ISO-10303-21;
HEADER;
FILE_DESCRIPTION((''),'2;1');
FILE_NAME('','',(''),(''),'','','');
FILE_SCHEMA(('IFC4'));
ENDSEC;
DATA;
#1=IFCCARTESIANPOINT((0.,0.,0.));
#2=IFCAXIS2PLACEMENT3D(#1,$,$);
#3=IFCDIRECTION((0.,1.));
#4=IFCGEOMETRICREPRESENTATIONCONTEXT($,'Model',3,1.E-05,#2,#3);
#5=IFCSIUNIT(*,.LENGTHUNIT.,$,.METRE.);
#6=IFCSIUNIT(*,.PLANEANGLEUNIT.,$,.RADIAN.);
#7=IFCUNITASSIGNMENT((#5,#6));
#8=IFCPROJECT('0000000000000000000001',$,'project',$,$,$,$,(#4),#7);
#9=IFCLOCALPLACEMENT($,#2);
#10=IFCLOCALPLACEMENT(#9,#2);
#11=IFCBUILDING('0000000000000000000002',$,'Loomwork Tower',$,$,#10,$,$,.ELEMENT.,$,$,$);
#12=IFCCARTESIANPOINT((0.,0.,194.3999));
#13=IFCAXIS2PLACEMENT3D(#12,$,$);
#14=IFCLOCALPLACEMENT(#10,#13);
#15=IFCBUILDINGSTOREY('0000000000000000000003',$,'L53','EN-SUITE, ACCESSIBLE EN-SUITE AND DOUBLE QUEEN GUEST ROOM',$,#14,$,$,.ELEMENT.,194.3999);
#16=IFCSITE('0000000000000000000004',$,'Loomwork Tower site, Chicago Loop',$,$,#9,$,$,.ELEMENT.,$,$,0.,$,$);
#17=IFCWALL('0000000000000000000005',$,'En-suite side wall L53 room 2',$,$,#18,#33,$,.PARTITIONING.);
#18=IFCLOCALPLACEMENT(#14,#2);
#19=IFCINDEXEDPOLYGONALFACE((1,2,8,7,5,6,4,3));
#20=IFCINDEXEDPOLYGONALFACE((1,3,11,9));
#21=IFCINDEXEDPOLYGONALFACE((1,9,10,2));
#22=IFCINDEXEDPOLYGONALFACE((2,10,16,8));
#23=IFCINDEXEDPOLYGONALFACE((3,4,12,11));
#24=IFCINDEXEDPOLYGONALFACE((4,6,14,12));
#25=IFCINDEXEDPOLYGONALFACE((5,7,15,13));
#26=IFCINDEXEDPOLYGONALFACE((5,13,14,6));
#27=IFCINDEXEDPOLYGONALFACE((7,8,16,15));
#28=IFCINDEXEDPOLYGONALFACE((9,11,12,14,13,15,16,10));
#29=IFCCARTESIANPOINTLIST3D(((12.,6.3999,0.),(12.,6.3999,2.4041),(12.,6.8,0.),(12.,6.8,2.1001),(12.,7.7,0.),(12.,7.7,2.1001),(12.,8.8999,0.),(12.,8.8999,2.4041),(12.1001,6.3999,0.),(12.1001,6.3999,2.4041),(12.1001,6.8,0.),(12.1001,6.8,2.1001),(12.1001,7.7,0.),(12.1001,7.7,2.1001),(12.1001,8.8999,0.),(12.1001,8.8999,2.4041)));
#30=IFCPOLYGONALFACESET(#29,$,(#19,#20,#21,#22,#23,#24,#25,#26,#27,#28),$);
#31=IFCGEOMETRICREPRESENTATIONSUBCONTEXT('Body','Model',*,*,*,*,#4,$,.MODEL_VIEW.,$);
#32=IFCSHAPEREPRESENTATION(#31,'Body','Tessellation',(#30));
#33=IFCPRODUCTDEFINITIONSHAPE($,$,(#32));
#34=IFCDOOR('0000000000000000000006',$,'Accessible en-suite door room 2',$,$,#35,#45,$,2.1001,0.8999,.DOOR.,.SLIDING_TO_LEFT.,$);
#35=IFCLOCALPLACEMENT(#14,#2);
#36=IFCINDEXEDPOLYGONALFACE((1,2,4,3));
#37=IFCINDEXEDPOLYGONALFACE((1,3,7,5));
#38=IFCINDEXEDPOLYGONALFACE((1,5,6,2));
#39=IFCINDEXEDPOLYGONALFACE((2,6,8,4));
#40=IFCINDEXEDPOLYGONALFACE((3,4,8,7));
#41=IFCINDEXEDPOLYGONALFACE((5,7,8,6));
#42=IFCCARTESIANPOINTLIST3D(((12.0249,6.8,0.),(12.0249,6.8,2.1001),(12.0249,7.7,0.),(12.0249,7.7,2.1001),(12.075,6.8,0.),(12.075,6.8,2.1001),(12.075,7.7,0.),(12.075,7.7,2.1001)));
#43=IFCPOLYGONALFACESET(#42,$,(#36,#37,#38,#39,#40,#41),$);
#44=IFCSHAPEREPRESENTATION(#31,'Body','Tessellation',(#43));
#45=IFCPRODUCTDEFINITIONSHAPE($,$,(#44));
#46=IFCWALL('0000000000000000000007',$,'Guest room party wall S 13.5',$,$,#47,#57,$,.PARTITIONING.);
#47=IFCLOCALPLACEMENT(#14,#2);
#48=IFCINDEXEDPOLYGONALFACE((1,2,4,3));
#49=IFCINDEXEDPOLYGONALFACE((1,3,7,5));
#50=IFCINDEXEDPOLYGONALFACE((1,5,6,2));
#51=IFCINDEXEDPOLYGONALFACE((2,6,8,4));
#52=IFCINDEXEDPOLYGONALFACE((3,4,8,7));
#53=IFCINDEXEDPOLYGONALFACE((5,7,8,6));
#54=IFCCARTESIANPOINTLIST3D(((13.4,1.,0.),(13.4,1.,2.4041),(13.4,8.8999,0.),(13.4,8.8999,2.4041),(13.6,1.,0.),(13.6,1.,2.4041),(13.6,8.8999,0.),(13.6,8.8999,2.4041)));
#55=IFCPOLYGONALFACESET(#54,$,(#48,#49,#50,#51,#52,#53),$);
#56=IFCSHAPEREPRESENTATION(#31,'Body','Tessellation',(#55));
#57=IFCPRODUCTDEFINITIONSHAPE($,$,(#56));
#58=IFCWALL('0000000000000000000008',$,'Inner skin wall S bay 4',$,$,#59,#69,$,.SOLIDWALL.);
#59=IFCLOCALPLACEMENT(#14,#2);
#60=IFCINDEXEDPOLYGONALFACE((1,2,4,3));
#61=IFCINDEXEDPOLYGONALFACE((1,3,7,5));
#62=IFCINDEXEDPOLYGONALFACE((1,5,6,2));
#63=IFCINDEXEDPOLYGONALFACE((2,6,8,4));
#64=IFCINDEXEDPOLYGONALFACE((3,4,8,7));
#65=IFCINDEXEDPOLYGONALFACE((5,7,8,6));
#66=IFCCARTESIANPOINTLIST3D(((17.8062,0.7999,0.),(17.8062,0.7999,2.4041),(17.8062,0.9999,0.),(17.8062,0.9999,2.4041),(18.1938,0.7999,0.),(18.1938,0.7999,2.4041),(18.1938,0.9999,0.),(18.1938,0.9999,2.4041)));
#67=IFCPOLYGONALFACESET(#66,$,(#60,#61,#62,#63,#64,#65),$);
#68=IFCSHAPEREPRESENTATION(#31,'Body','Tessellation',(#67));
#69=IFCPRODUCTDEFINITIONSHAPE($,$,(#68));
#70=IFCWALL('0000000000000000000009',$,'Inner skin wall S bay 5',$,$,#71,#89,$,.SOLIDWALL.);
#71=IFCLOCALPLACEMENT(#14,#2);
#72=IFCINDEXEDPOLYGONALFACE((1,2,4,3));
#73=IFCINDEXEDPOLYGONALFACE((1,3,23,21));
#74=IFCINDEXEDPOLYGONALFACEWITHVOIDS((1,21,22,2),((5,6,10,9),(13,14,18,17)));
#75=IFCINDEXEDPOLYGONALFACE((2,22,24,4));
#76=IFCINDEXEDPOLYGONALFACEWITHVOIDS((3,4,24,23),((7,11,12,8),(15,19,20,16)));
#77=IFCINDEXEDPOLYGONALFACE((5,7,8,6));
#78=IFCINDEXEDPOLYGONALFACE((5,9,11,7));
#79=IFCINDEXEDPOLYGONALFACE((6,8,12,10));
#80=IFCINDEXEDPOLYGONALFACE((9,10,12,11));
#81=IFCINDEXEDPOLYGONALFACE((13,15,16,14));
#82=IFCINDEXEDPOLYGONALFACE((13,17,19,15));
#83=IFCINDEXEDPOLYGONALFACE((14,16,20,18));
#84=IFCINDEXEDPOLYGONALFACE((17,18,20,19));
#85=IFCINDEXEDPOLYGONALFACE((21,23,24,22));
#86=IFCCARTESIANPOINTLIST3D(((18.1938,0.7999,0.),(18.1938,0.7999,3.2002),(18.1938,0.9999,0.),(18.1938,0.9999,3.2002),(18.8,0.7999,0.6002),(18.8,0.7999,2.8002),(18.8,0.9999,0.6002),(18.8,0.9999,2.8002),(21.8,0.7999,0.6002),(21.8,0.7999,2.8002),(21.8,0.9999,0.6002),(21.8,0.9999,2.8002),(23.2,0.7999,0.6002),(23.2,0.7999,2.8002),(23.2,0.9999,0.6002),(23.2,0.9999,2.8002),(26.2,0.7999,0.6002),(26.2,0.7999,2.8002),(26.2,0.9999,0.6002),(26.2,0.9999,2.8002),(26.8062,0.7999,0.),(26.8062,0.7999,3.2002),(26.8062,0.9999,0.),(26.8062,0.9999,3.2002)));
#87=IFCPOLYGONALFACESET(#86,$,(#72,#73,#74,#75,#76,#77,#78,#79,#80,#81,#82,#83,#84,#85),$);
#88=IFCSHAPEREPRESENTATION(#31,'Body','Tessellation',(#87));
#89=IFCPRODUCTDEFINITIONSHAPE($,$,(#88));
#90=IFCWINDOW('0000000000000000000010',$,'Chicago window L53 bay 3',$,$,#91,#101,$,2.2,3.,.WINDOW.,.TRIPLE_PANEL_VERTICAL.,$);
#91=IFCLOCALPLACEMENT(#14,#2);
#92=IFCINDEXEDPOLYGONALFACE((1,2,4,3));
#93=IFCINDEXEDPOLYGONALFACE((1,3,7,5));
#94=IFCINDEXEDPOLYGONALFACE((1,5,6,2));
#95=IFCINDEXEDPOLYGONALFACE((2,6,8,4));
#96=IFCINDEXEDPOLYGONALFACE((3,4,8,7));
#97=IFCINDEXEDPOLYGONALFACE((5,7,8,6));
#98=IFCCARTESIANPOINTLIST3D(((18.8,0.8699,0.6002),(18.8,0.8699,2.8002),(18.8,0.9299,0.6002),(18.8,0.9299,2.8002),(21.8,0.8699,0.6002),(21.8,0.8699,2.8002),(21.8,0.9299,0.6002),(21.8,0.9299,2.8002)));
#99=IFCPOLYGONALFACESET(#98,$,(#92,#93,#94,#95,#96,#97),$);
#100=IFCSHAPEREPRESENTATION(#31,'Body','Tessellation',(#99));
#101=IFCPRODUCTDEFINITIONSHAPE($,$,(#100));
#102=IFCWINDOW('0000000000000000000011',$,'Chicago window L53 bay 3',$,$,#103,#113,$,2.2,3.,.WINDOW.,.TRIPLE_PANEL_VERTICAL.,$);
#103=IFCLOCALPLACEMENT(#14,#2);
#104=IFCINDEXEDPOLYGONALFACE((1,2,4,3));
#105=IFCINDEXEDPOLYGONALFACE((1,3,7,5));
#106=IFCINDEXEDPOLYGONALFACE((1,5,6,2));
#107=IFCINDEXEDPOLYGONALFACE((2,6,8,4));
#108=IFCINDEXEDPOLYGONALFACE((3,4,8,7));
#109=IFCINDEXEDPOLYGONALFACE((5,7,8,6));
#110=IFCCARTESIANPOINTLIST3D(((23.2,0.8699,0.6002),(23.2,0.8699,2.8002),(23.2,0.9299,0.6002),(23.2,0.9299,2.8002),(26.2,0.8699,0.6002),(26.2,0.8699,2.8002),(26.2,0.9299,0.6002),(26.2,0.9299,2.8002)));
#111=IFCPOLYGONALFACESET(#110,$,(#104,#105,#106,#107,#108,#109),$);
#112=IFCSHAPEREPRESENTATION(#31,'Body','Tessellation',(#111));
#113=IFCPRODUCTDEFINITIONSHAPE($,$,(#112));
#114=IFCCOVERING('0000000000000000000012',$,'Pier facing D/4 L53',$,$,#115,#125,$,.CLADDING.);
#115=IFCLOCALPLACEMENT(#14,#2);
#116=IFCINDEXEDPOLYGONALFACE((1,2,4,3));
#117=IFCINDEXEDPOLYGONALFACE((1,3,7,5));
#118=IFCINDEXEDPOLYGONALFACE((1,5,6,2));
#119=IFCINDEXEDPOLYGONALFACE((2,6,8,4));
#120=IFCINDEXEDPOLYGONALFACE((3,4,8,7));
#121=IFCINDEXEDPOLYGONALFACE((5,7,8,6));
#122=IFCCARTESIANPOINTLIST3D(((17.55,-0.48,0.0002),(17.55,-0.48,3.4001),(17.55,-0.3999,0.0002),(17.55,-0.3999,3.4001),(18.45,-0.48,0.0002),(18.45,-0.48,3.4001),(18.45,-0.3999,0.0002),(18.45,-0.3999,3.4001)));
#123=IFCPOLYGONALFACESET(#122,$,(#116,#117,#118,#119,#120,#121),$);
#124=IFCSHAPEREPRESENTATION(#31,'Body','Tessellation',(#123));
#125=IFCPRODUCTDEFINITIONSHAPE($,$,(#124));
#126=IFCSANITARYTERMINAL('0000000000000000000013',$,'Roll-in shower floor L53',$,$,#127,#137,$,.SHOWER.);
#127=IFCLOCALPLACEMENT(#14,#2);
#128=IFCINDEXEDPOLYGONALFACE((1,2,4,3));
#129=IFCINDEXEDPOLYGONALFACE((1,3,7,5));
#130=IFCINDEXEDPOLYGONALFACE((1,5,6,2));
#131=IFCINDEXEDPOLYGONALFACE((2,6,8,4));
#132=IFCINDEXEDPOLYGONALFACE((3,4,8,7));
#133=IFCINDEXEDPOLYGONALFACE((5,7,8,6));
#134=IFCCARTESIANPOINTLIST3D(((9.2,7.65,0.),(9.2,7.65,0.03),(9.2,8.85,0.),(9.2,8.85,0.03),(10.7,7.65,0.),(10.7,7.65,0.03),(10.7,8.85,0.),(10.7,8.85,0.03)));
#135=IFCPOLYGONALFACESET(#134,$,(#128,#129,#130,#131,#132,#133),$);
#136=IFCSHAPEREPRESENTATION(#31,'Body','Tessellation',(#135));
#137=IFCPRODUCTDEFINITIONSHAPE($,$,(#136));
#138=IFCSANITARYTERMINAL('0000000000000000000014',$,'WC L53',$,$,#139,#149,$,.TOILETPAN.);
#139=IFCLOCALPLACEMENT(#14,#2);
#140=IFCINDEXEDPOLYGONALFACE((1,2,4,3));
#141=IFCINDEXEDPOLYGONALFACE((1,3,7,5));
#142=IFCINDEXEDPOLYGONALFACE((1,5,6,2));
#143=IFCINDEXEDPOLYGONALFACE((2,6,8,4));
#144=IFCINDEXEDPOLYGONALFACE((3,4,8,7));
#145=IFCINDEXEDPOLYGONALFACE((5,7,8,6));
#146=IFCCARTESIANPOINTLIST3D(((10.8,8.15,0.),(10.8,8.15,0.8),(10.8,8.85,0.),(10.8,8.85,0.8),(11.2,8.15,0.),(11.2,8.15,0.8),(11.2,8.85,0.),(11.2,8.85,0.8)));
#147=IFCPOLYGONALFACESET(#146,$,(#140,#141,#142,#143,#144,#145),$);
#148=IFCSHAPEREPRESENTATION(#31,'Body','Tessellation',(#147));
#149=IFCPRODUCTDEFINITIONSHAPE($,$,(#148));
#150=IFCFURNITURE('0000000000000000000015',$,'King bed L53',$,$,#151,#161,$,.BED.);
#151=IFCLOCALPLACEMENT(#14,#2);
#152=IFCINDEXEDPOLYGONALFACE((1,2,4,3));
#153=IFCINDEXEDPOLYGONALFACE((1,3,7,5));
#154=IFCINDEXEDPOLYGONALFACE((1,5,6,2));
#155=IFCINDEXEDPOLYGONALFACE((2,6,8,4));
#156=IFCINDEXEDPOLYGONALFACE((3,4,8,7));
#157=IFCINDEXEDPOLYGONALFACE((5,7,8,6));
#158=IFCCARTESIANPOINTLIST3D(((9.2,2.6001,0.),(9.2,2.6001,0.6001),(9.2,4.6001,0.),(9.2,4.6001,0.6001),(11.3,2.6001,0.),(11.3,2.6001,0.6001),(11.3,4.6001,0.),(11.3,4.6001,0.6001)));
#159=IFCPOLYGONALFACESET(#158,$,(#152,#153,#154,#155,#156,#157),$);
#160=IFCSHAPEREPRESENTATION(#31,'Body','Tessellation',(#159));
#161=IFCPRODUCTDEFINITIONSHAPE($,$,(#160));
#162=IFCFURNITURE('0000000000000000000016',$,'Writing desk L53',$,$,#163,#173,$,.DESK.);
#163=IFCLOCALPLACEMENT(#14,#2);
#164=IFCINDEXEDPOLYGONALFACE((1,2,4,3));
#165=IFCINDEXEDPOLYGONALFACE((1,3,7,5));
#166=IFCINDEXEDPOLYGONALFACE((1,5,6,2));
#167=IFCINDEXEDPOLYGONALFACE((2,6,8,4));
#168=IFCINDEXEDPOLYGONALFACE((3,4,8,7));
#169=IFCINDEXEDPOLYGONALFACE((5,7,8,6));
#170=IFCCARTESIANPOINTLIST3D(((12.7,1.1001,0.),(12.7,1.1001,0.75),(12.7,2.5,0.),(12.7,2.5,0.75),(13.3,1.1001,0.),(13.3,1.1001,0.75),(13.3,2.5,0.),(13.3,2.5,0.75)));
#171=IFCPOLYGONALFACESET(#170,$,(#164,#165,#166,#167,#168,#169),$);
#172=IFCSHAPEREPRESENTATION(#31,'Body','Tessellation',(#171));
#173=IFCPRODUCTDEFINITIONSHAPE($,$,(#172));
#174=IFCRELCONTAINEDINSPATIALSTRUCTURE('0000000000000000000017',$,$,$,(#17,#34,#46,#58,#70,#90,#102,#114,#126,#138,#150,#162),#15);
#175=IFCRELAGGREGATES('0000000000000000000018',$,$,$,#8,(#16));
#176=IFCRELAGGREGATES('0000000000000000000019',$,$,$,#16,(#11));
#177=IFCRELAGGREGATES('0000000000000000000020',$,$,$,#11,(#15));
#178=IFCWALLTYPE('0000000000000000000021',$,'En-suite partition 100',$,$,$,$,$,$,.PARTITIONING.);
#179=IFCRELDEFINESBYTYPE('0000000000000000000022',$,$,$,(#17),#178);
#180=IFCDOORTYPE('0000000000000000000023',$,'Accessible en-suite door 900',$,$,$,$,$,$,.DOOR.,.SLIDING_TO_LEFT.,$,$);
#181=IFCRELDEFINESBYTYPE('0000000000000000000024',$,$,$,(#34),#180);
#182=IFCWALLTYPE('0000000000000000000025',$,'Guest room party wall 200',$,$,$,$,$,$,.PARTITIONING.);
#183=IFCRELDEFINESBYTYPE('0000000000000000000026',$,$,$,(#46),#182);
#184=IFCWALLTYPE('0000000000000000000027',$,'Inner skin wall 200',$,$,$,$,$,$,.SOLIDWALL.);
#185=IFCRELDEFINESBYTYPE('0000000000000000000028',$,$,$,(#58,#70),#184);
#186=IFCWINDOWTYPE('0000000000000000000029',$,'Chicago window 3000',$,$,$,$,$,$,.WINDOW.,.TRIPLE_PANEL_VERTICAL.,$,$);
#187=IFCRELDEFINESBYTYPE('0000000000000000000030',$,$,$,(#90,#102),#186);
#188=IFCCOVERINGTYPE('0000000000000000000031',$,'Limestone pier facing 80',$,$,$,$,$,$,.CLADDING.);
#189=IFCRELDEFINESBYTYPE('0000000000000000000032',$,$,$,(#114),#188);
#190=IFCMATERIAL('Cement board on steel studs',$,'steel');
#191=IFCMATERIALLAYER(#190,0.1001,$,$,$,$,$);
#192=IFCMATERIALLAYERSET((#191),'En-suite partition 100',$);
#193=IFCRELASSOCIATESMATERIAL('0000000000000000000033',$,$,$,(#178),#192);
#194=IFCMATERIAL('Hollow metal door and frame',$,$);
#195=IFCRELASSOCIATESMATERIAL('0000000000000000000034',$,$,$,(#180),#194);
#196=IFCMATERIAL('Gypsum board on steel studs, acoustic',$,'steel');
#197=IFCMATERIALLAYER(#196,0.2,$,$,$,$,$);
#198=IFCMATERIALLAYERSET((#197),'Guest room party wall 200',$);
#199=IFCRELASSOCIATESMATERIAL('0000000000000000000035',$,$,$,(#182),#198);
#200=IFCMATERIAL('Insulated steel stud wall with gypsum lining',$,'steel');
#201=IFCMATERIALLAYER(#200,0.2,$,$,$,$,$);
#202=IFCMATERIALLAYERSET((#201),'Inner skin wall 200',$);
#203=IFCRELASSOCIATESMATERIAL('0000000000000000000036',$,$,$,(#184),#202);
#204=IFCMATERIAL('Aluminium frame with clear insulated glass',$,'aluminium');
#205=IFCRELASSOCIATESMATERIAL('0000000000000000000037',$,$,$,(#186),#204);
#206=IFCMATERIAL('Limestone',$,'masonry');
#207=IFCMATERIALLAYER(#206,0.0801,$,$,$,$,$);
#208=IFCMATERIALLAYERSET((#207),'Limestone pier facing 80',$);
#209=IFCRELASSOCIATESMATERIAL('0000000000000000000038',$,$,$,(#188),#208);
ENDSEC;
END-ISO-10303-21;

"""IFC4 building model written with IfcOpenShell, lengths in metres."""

from ifc_helpers import new_model, si_unit, direction, frame, frame_2d, origin, origin_2d, place, context, subcontext, project, spatial, rectangle, extrude, material, layer, layer_set, type_object, element, fill, save


model = new_model("IFC4")

# Units and contexts
model_context = context("Model", 3, precision=1e-05, world=origin(), true_north=direction((0.0, 1.0)))
body_context = subcontext(model_context, "Body", "Model", "MODEL_VIEW")
ifc_project = project(units=[si_unit("LENGTHUNIT", "METRE"), si_unit("PLANEANGLEUNIT", "RADIAN")], contexts=[model_context])

# Site, building, storey
site_placement = place(None, origin())
site = spatial("IfcSite", under=ifc_project, at=site_placement, Name="Loomwork Tower site, Chicago Loop", CompositionType="ELEMENT", RefElevation=0.0)
building_placement = place(site_placement, origin())
building = spatial("IfcBuilding", under=site, at=building_placement, Name="Loomwork Tower", CompositionType="ELEMENT")
storey_placement = place(building_placement, frame((0.0, 0.0, 194.3999)))
storey = spatial("IfcBuildingStorey", under=building, at=storey_placement, Name="L53", Description="EN-SUITE, ACCESSIBLE EN-SUITE AND DOUBLE QUEEN GUEST ROOM", CompositionType="ELEMENT", Elevation=194.3999)

# Wall, opening, door
ifc_material_1 = material(Name="Cement board on steel studs", Category="steel")
ifc_layer_1 = layer(ifc_material_1, 0.1001)
ifc_layer_set_1 = layer_set([ifc_layer_1], Name="En-suite partition 100")
wall_type_1 = type_object("IfcWallType", Name="En-suite partition 100", PredefinedType="PARTITIONING", material=ifc_layer_set_1)
wall_1_placement = place(storey_placement, frame((12.05, 8.8999, 0.0), z_axis=(0.0, 0.0, 1.0), x_axis=(0.0, -1.0, 0.0)))
wall_1 = element("IfcWall", 1, at=wall_1_placement, inside=storey, type_object=wall_type_1, Name="En-suite side wall L53 room 2", PredefinedType="PARTITIONING", context=body_context, shape_type="SweptSolid", body=[
    extrude(rectangle(XDim=2.5, YDim=0.1001, at=frame_2d((1.25, 0.0))), origin(), (0.0, 0.0, 1.0), 2.4041),
])
opening_1_placement = place(wall_1_placement, frame((1.2, 0.0, 0.0)))
opening_1 = element("IfcOpeningElement", 2, at=opening_1_placement, cuts=wall_1, PredefinedType="OPENING", context=body_context, shape_type="SweptSolid", body=[
    extrude(rectangle(XDim=0.8999, YDim=2.1001, at=frame_2d((0.45, 1.05))), frame((0.0, 0.0601, 0.0), z_axis=(0.0, -1.0, 0.0), x_axis=(1.0, 0.0, 0.0)), (0.0, 0.0, 1.0), 0.1201),
])
ifc_material_2 = material(Name="Hollow metal door and frame")
door_type = type_object("IfcDoorType", Name="Accessible en-suite door 900", OperationType="SLIDING_TO_LEFT", PredefinedType="DOOR", material=ifc_material_2)
door_placement = place(opening_1_placement, origin())
door = element("IfcDoor", 3, at=door_placement, inside=storey, type_object=door_type, Name="Accessible en-suite door room 2", OperationType="SLIDING_TO_LEFT", OverallHeight=2.1001, OverallWidth=0.8999, PredefinedType="DOOR", context=body_context, shape_type="SweptSolid", body=[
    extrude(rectangle(XDim=0.8999, YDim=2.1001, at=frame_2d((0.45, 1.05))), frame((0.0, 0.0249, 0.0), z_axis=(0.0, -1.0, 0.0), x_axis=(1.0, 0.0, 0.0)), (0.0, 0.0, 1.0), 0.05),
])
fill(opening_1, door)

# Walls
ifc_material_3 = material(Name="Gypsum board on steel studs, acoustic", Category="steel")
ifc_layer_2 = layer(ifc_material_3, 0.2)
ifc_layer_set_2 = layer_set([ifc_layer_2], Name="Guest room party wall 200")
wall_type_2 = type_object("IfcWallType", Name="Guest room party wall 200", PredefinedType="PARTITIONING", material=ifc_layer_set_2)
wall_2_placement = place(storey_placement, frame((13.5, 8.8999, 0.0), z_axis=(0.0, 0.0, 1.0), x_axis=(0.0, -1.0, 0.0)))
element("IfcWall", 4, at=wall_2_placement, inside=storey, type_object=wall_type_2, Name="Guest room party wall S 13.5", PredefinedType="PARTITIONING", context=body_context, shape_type="SweptSolid", body=[
    extrude(rectangle(XDim=7.8999, YDim=0.2, at=frame_2d((3.95, 0.0))), origin(), (0.0, 0.0, 1.0), 2.4041),
])
ifc_material_4 = material(Name="Insulated steel stud wall with gypsum lining", Category="steel")
ifc_layer_3 = layer(ifc_material_4, 0.2)
ifc_layer_set_3 = layer_set([ifc_layer_3], Name="Inner skin wall 200")
wall_type_3 = type_object("IfcWallType", Name="Inner skin wall 200", PredefinedType="SOLIDWALL", material=ifc_layer_set_3)
wall_3_placement = place(storey_placement, frame((17.8062, 0.8999, 0.0), z_axis=(0.0, 0.0, 1.0), x_axis=(1.0, 0.0, 0.0)))
element("IfcWall", 5, at=wall_3_placement, inside=storey, type_object=wall_type_3, Name="Inner skin wall S bay 4", PredefinedType="SOLIDWALL", context=body_context, shape_type="SweptSolid", body=[
    extrude(rectangle(XDim=0.3877, YDim=0.2, at=frame_2d((0.1938, 0.0))), origin(), (0.0, 0.0, 1.0), 2.4041),
])

# Wall, openings, windows
wall_4_placement = place(storey_placement, frame((18.1938, 0.8999, 0.0), z_axis=(0.0, 0.0, 1.0), x_axis=(1.0, 0.0, 0.0)))
wall_4 = element("IfcWall", 6, at=wall_4_placement, inside=storey, type_object=wall_type_3, Name="Inner skin wall S bay 5", PredefinedType="SOLIDWALL", context=body_context, shape_type="SweptSolid", body=[
    extrude(rectangle(XDim=8.6123, YDim=0.2, at=frame_2d((4.3062, 0.0))), origin(), (0.0, 0.0, 1.0), 3.2002),
])
opening_2_placement = place(wall_4_placement, frame((0.6062, 0.0, 0.6001)))
opening_2 = element("IfcOpeningElement", 7, at=opening_2_placement, cuts=wall_4, PredefinedType="OPENING", context=body_context, shape_type="SweptSolid", body=[
    extrude(rectangle(XDim=3.0, YDim=2.2, at=frame_2d((1.5, 1.1001))), frame((0.0, 0.1099, 0.0), z_axis=(0.0, -1.0, 0.0), x_axis=(1.0, 0.0, 0.0)), (0.0, 0.0, 1.0), 0.22),
])
opening_3_placement = place(wall_4_placement, frame((5.0061, 0.0, 0.6001)))
opening_3 = element("IfcOpeningElement", 8, at=opening_3_placement, cuts=wall_4, PredefinedType="OPENING", context=body_context, shape_type="SweptSolid", body=[
    extrude(rectangle(XDim=3.0, YDim=2.2, at=frame_2d((1.5, 1.1001))), frame((0.0, 0.1099, 0.0), z_axis=(0.0, -1.0, 0.0), x_axis=(1.0, 0.0, 0.0)), (0.0, 0.0, 1.0), 0.22),
])
ifc_material_5 = material(Name="Aluminium frame with clear insulated glass", Category="aluminium")
window_type = type_object("IfcWindowType", Name="Chicago window 3000", PartitioningType="TRIPLE_PANEL_VERTICAL", PredefinedType="WINDOW", material=ifc_material_5)
window_1_placement = place(opening_2_placement, origin())
window_1 = element("IfcWindow", 9, at=window_1_placement, inside=storey, type_object=window_type, Name="Chicago window L53 bay 3", OverallHeight=2.2, OverallWidth=3.0, PartitioningType="TRIPLE_PANEL_VERTICAL", PredefinedType="WINDOW", context=body_context, shape_type="SweptSolid", body=[
    extrude(rectangle(XDim=3.0, YDim=2.2, at=frame_2d((1.5, 1.1001))), frame((0.0, 0.03, 0.0), z_axis=(0.0, -1.0, 0.0), x_axis=(1.0, 0.0, 0.0)), (0.0, 0.0, 1.0), 0.0601),
])
fill(opening_2, window_1)
window_2_placement = place(opening_3_placement, origin())
window_2 = element("IfcWindow", 10, at=window_2_placement, inside=storey, type_object=window_type, Name="Chicago window L53 bay 3", OverallHeight=2.2, OverallWidth=3.0, PartitioningType="TRIPLE_PANEL_VERTICAL", PredefinedType="WINDOW", context=body_context, shape_type="SweptSolid", body=[
    extrude(rectangle(XDim=3.0, YDim=2.2, at=frame_2d((1.5, 1.1001))), frame((0.0, 0.03, 0.0), z_axis=(0.0, -1.0, 0.0), x_axis=(1.0, 0.0, 0.0)), (0.0, 0.0, 1.0), 0.0601),
])
fill(opening_3, window_2)

# Covering
ifc_material_6 = material(Name="Limestone", Category="masonry")
ifc_layer_4 = layer(ifc_material_6, 0.0801)
ifc_layer_set_4 = layer_set([ifc_layer_4], Name="Limestone pier facing 80")
covering_type = type_object("IfcCoveringType", Name="Limestone pier facing 80", PredefinedType="CLADDING", material=ifc_layer_set_4)
covering_placement = place(storey_placement, frame((18.0, -0.4399, 0.0002), z_axis=(0.0, 0.0, 1.0), x_axis=(1.0, 0.0, 0.0)))
element("IfcCovering", 11, at=covering_placement, inside=storey, type_object=covering_type, Name="Pier facing D/4 L53", PredefinedType="CLADDING", context=body_context, shape_type="SweptSolid", body=[
    extrude(rectangle(XDim=0.8999, YDim=0.0801, at=origin_2d()), origin(), (0.0, 0.0, 1.0), 3.3999),
])

# Sanitary terminals
sanitary_terminal_1_placement = place(storey_placement, frame((9.95, 8.25, 0.0), z_axis=(0.0, 0.0, 1.0), x_axis=(1.0, 0.0, 0.0)))
element("IfcSanitaryTerminal", 12, at=sanitary_terminal_1_placement, inside=storey, Name="Roll-in shower floor L53", PredefinedType="SHOWER", context=body_context, shape_type="SweptSolid", body=[
    extrude(rectangle(XDim=1.5, YDim=1.2, at=origin_2d()), origin(), (0.0, 0.0, 1.0), 0.03),
])
sanitary_terminal_2_placement = place(storey_placement, frame((11.0, 8.5, 0.0), z_axis=(0.0, 0.0, 1.0), x_axis=(1.0, 0.0, 0.0)))
element("IfcSanitaryTerminal", 13, at=sanitary_terminal_2_placement, inside=storey, Name="WC L53", PredefinedType="TOILETPAN", context=body_context, shape_type="SweptSolid", body=[
    extrude(rectangle(XDim=0.3999, YDim=0.7, at=origin_2d()), origin(), (0.0, 0.0, 1.0), 0.8),
])

# Furniture
furniture_1_placement = place(storey_placement, frame((10.25, 3.6001, 0.0), z_axis=(0.0, 0.0, 1.0), x_axis=(1.0, 0.0, 0.0)))
element("IfcFurniture", 14, at=furniture_1_placement, inside=storey, Name="King bed L53", PredefinedType="BED", context=body_context, shape_type="SweptSolid", body=[
    extrude(rectangle(XDim=2.1001, YDim=2.0, at=origin_2d()), origin(), (0.0, 0.0, 1.0), 0.6001),
])
furniture_2_placement = place(storey_placement, frame((13.0, 1.8, 0.0), z_axis=(0.0, 0.0, 1.0), x_axis=(1.0, 0.0, 0.0)))
element("IfcFurniture", 15, at=furniture_2_placement, inside=storey, Name="Writing desk L53", PredefinedType="DESK", context=body_context, shape_type="SweptSolid", body=[
    extrude(rectangle(XDim=0.6001, YDim=1.3999, at=origin_2d()), origin(), (0.0, 0.0, 1.0), 0.75),
])

save(model, "model.ifc")
